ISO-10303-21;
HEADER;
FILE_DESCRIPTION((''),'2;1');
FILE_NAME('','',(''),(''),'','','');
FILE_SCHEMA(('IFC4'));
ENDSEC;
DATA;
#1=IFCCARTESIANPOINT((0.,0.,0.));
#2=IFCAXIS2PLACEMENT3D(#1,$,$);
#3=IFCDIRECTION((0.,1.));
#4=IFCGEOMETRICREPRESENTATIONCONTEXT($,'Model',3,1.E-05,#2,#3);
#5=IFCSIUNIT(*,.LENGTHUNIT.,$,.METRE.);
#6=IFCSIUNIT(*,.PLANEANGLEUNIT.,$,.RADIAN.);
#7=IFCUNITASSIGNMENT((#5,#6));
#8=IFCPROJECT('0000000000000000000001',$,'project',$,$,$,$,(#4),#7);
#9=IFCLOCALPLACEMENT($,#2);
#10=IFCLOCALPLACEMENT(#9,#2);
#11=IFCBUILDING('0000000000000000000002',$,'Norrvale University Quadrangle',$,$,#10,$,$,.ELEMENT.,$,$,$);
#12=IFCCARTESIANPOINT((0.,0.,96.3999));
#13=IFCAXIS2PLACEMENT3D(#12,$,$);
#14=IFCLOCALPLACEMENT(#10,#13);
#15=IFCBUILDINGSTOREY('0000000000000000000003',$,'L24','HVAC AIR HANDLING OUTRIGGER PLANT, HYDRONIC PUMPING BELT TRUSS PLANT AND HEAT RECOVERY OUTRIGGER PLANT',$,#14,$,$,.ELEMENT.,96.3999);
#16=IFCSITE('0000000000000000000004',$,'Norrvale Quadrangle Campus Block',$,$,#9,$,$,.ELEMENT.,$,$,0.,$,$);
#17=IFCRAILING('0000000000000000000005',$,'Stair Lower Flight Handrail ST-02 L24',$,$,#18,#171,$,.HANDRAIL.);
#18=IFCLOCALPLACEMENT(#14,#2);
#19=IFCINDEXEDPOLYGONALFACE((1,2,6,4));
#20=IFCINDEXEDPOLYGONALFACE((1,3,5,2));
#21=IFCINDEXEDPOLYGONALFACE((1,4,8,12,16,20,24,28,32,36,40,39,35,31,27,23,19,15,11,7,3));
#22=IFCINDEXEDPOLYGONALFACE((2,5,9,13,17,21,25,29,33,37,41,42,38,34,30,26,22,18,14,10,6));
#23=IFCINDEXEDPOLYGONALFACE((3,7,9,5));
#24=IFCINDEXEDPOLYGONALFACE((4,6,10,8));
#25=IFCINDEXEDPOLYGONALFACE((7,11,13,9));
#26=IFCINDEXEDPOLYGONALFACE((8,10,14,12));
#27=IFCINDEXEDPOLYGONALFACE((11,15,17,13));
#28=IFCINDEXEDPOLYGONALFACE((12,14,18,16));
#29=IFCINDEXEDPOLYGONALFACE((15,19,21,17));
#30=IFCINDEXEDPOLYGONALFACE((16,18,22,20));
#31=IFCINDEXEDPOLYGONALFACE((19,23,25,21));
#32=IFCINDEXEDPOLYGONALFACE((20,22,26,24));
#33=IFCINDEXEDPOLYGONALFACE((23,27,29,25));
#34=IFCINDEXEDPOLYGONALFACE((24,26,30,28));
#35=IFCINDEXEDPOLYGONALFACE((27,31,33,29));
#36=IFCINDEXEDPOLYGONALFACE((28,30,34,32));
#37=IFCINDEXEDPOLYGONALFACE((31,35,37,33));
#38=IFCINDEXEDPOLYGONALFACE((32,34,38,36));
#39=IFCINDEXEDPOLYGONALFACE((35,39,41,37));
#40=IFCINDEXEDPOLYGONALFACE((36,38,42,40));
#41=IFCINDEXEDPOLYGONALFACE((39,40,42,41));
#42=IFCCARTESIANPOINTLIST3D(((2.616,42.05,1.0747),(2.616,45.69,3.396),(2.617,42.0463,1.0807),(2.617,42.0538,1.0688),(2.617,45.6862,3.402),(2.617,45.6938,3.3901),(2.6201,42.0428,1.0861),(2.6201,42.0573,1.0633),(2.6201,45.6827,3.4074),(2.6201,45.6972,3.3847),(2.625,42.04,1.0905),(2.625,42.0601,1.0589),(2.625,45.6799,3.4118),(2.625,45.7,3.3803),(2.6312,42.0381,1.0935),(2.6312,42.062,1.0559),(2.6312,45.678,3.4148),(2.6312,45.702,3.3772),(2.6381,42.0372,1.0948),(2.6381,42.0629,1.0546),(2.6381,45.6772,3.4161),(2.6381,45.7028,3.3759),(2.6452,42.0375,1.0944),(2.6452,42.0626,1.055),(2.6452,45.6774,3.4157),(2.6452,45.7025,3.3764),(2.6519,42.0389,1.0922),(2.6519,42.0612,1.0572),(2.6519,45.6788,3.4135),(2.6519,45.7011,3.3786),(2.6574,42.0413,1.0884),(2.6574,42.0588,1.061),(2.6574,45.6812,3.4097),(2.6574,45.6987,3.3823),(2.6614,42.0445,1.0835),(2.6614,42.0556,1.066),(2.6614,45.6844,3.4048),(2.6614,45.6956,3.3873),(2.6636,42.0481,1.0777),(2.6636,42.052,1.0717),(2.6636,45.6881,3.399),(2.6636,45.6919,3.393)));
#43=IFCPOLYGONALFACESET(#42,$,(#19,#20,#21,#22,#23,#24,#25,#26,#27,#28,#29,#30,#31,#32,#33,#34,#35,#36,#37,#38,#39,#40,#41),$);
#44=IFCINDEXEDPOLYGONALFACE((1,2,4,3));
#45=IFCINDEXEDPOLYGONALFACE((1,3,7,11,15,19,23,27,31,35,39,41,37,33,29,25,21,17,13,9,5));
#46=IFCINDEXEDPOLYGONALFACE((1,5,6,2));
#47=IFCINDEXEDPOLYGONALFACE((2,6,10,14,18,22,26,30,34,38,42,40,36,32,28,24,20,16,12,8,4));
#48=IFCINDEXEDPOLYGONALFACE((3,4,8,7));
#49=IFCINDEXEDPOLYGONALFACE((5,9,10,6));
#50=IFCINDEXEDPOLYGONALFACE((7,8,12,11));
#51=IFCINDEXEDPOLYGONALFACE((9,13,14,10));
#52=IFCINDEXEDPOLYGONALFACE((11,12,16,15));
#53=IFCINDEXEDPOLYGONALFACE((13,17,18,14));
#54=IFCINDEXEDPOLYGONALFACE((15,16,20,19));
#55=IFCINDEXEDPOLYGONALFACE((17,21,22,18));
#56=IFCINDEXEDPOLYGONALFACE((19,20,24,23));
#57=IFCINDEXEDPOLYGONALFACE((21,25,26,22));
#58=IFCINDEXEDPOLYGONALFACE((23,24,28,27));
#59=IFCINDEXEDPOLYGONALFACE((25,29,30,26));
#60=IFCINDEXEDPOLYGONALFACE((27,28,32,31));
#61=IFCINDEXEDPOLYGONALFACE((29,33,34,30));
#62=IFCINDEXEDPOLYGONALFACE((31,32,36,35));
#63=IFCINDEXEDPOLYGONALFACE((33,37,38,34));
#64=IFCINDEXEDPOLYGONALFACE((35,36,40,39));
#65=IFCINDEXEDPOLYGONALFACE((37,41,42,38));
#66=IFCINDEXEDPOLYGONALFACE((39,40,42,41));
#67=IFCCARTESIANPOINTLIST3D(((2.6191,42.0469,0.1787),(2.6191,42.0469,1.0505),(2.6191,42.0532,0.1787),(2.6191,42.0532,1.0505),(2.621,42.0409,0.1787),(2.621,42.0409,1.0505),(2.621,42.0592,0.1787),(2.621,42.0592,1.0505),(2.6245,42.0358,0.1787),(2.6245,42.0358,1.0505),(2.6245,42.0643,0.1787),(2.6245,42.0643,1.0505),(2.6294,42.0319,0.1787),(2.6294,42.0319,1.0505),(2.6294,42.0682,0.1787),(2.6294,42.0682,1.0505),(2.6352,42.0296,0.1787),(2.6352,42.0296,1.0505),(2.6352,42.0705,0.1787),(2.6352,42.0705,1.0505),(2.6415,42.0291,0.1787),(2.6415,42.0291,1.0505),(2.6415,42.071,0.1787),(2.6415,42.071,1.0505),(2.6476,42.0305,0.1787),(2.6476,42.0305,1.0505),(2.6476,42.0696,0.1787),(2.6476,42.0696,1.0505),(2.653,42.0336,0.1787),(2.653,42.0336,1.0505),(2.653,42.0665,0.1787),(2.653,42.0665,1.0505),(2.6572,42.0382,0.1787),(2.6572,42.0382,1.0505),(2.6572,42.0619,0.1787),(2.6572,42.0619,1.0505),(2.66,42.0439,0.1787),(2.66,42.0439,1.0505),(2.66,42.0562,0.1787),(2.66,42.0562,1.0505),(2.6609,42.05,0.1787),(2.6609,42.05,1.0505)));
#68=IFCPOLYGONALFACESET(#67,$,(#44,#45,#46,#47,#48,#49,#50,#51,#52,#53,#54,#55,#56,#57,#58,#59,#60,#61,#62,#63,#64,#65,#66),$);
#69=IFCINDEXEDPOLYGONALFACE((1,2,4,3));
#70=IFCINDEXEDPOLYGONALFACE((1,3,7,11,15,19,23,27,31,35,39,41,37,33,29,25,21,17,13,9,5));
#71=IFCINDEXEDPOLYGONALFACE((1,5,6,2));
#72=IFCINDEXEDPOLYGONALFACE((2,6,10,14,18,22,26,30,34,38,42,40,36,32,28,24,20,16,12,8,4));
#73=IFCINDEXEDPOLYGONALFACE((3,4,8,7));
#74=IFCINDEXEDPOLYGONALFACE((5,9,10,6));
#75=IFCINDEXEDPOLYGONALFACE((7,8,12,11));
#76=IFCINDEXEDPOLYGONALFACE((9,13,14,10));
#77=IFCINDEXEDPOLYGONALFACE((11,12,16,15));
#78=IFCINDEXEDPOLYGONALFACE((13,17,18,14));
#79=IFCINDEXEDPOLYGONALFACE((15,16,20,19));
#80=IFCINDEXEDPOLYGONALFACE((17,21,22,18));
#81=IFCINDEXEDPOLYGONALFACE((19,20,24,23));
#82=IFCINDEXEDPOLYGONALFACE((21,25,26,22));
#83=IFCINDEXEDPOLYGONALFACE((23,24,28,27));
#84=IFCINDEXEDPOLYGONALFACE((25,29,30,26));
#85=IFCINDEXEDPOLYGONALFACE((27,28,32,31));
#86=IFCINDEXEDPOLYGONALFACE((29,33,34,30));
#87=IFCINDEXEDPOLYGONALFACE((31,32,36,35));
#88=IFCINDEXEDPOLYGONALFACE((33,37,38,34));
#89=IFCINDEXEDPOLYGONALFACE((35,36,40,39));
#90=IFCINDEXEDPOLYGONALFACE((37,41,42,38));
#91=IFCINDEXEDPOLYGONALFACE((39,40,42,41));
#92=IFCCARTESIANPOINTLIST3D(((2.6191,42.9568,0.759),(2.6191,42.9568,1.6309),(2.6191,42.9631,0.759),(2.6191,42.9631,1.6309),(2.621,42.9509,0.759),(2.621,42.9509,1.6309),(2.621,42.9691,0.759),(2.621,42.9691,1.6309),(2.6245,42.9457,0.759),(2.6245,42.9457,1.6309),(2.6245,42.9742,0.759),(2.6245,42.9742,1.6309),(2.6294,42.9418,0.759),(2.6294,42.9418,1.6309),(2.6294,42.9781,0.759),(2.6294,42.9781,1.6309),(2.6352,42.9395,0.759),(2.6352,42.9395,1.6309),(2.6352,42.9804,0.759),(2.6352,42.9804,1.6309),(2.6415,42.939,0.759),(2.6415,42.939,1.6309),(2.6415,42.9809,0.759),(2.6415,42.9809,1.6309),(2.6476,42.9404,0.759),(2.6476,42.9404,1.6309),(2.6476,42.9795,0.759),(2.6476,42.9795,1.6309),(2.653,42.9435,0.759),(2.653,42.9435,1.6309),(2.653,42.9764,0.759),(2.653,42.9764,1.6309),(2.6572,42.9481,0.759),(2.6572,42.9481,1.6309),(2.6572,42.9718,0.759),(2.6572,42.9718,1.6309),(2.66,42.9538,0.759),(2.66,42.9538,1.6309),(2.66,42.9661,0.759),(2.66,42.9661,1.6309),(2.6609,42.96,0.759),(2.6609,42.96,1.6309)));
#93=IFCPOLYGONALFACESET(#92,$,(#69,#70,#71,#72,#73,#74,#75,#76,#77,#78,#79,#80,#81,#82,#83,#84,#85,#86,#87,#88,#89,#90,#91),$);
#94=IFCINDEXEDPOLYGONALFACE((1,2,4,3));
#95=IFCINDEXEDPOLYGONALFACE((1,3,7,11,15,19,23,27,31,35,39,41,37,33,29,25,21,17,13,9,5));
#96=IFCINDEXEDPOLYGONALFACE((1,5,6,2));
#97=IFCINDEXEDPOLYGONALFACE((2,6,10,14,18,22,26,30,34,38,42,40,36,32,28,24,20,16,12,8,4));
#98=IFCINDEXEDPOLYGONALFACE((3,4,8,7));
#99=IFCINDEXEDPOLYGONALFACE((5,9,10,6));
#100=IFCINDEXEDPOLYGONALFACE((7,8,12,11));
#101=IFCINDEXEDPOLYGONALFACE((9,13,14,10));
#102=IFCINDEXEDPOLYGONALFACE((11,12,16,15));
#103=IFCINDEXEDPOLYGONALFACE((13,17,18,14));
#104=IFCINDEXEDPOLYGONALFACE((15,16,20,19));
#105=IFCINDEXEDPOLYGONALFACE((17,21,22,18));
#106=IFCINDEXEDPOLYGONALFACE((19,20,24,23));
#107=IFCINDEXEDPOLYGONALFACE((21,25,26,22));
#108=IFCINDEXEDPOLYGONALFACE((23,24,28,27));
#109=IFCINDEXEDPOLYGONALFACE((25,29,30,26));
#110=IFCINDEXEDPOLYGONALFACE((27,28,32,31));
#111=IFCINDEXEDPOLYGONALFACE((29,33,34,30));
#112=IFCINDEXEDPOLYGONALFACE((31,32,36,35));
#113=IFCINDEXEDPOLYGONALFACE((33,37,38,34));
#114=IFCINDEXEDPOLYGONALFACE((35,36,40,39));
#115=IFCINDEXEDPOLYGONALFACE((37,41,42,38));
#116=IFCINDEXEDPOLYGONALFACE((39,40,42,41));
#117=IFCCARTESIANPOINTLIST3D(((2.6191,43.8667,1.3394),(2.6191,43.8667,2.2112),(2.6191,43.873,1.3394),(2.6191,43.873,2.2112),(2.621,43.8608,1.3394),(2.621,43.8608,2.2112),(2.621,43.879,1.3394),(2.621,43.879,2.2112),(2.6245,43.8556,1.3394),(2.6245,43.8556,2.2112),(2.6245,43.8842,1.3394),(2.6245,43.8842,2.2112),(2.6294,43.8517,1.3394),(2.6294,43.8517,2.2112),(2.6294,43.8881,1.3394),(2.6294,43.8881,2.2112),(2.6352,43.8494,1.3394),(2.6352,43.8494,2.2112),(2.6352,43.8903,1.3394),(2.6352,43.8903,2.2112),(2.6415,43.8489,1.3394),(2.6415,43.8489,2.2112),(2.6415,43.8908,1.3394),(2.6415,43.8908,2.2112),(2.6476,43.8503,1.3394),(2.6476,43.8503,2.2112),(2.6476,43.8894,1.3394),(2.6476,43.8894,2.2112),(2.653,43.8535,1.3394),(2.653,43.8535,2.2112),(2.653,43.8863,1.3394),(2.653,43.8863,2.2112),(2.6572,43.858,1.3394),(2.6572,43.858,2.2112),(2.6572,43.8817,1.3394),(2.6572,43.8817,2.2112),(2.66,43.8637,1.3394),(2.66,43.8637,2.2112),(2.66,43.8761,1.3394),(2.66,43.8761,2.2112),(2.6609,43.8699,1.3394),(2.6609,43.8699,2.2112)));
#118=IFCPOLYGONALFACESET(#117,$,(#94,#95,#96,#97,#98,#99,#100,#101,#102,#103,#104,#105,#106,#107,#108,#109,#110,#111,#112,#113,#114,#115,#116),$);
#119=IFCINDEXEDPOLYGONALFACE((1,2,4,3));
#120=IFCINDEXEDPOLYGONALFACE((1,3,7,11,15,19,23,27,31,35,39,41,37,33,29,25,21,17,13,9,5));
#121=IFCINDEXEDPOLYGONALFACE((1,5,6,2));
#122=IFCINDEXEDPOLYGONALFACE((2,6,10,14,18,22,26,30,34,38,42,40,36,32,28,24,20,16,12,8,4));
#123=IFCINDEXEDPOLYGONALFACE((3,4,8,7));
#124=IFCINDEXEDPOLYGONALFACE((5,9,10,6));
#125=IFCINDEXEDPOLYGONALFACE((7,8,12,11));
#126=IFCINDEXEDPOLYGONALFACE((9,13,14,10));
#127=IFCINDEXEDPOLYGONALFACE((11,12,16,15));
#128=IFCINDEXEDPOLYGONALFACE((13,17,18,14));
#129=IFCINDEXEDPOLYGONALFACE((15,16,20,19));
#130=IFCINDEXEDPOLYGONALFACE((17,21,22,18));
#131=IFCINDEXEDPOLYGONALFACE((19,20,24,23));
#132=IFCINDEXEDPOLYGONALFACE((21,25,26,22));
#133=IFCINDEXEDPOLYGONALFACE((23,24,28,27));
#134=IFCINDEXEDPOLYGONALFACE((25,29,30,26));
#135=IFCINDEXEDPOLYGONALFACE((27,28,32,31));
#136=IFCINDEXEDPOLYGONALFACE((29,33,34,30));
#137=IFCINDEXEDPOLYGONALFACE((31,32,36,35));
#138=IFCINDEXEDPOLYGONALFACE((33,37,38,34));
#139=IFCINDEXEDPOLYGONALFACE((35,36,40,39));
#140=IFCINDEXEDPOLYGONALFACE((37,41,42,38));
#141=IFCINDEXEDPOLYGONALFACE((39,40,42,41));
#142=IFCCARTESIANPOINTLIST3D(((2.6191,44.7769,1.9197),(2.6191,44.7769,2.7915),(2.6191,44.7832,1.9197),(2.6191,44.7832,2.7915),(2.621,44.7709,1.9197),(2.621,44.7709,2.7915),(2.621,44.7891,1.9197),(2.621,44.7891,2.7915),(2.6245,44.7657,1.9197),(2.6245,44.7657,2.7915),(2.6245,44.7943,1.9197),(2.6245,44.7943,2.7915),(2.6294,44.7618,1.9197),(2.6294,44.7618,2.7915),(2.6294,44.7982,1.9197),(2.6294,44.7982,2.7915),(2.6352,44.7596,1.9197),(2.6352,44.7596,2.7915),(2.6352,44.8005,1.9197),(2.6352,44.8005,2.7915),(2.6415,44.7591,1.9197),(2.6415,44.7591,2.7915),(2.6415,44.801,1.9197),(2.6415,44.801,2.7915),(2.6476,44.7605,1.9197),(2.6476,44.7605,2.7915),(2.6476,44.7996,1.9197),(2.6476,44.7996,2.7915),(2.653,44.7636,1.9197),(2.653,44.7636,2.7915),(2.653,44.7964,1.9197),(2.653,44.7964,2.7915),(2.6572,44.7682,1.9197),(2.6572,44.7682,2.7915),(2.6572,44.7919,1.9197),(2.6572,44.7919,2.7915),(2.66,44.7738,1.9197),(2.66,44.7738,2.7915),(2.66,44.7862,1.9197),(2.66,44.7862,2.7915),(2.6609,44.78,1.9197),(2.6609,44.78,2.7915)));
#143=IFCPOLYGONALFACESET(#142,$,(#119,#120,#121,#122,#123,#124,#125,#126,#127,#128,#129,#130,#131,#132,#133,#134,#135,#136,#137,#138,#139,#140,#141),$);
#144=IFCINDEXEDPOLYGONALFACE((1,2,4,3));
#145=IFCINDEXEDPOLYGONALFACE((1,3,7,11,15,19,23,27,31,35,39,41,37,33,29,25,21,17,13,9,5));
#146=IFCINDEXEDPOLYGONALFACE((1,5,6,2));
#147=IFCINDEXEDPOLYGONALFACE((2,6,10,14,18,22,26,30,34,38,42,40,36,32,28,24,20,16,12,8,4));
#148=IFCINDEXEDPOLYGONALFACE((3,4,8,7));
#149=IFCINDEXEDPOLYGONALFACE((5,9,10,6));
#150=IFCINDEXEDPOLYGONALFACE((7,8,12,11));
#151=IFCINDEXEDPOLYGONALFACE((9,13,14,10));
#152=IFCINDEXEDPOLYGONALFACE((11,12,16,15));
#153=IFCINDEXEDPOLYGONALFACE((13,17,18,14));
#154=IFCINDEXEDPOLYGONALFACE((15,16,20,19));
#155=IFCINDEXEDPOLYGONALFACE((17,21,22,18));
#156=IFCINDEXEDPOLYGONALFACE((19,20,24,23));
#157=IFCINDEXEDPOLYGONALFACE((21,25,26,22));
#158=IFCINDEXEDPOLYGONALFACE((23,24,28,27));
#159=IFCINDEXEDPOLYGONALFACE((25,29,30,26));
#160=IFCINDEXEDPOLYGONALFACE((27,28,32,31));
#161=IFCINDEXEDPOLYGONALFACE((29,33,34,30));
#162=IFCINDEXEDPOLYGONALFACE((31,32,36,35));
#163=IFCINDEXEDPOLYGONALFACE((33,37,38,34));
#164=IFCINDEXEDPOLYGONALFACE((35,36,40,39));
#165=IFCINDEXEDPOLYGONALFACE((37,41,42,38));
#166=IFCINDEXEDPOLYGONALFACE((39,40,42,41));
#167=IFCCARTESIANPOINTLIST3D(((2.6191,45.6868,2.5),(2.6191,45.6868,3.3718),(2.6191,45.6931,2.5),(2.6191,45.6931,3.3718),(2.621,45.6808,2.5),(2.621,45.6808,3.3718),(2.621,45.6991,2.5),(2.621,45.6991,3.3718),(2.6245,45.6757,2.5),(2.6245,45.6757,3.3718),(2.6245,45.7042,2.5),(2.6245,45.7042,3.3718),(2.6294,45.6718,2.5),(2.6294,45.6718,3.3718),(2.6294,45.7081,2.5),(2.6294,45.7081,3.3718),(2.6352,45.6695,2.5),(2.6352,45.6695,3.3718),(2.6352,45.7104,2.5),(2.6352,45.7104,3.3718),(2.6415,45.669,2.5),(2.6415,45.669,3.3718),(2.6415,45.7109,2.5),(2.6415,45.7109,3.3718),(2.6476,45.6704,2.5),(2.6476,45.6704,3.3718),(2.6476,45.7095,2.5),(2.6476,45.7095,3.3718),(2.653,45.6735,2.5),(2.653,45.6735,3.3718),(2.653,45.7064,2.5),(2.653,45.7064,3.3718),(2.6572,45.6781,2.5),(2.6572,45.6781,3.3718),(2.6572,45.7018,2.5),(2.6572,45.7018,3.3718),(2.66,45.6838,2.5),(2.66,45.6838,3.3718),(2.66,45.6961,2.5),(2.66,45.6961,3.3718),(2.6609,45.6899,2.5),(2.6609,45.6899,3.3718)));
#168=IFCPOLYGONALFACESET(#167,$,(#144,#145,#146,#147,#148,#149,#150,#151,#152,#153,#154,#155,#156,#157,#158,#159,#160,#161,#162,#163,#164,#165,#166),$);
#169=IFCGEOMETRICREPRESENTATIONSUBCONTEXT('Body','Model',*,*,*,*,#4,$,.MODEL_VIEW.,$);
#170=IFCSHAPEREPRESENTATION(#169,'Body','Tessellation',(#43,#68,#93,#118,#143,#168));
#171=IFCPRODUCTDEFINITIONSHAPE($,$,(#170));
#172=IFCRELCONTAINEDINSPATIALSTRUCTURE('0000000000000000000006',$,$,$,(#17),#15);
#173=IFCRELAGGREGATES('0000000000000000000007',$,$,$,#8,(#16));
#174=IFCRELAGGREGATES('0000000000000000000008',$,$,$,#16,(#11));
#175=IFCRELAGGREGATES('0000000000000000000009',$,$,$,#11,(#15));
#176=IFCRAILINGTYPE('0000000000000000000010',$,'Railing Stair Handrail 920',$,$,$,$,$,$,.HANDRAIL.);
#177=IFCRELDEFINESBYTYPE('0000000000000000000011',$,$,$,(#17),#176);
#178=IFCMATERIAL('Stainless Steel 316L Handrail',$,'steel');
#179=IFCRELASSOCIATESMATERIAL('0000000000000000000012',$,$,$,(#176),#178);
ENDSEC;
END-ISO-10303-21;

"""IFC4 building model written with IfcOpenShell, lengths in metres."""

from ifc_helpers import new_model, si_unit, direction, frame, origin, origin_2d, place, context, subcontext, project, spatial, circle, extrude, material, type_object, element, save


model = new_model("IFC4")

# Units and contexts
model_context = context("Model", 3, precision=1e-05, world=origin(), true_north=direction((0.0, 1.0)))
body_context = subcontext(model_context, "Body", "Model", "MODEL_VIEW")
ifc_project = project(units=[si_unit("LENGTHUNIT", "METRE"), si_unit("PLANEANGLEUNIT", "RADIAN")], contexts=[model_context])

# Site, building, storey
site_placement = place(None, origin())
site = spatial("IfcSite", under=ifc_project, at=site_placement, Name="Norrvale Quadrangle Campus Block", CompositionType="ELEMENT", RefElevation=0.0)
building_placement = place(site_placement, origin())
building = spatial("IfcBuilding", under=site, at=building_placement, Name="Norrvale University Quadrangle", CompositionType="ELEMENT")
storey_placement = place(building_placement, frame((0.0, 0.0, 96.3999)))
storey = spatial("IfcBuildingStorey", under=building, at=storey_placement, Name="L24", Description="HVAC AIR HANDLING OUTRIGGER PLANT, HYDRONIC PUMPING BELT TRUSS PLANT AND HEAT RECOVERY OUTRIGGER PLANT", CompositionType="ELEMENT", Elevation=96.3999)

# Railing
ifc_material_1 = material(Name="Stainless Steel 316L Handrail", Category="steel")
railing_type_1 = type_object("IfcRailingType", Name="Railing Stair Handrail 920", PredefinedType="HANDRAIL", material=ifc_material_1)
railing_1_placement = place(storey_placement, frame((2.6399, 42.05, 0.1787)))
element("IfcRailing", 1, at=railing_1_placement, inside=storey, type_object=railing_type_1, Name="Stair Lower Flight Handrail ST-02 L24", PredefinedType="HANDRAIL", context=body_context, shape_type="SweptSolid", body=[
    extrude(circle(Radius=0.0239, at=origin_2d()), frame((0.0, 0.0, 0.896), z_axis=(0.0, 0.843137, 0.537699), x_axis=(-1.0, 0.0, 0.0)), (0.0, 0.0, 1.0), 4.3171),
    extrude(circle(Radius=0.021, at=origin_2d()), origin(), (0.0, 0.0, 1.0), 0.8718),
    extrude(circle(Radius=0.021, at=origin_2d()), frame((0.0, 0.9099, 0.5803)), (0.0, 0.0, 1.0), 0.8718),
    extrude(circle(Radius=0.021, at=origin_2d()), frame((0.0, 1.8198, 1.1606)), (0.0, 0.0, 1.0), 0.8718),
    extrude(circle(Radius=0.021, at=origin_2d()), frame((0.0, 2.73, 1.741)), (0.0, 0.0, 1.0), 0.8718),
    extrude(circle(Radius=0.021, at=origin_2d()), frame((0.0, 3.6399, 2.3213)), (0.0, 0.0, 1.0), 0.8718),
])

save(model, "model.ifc")
